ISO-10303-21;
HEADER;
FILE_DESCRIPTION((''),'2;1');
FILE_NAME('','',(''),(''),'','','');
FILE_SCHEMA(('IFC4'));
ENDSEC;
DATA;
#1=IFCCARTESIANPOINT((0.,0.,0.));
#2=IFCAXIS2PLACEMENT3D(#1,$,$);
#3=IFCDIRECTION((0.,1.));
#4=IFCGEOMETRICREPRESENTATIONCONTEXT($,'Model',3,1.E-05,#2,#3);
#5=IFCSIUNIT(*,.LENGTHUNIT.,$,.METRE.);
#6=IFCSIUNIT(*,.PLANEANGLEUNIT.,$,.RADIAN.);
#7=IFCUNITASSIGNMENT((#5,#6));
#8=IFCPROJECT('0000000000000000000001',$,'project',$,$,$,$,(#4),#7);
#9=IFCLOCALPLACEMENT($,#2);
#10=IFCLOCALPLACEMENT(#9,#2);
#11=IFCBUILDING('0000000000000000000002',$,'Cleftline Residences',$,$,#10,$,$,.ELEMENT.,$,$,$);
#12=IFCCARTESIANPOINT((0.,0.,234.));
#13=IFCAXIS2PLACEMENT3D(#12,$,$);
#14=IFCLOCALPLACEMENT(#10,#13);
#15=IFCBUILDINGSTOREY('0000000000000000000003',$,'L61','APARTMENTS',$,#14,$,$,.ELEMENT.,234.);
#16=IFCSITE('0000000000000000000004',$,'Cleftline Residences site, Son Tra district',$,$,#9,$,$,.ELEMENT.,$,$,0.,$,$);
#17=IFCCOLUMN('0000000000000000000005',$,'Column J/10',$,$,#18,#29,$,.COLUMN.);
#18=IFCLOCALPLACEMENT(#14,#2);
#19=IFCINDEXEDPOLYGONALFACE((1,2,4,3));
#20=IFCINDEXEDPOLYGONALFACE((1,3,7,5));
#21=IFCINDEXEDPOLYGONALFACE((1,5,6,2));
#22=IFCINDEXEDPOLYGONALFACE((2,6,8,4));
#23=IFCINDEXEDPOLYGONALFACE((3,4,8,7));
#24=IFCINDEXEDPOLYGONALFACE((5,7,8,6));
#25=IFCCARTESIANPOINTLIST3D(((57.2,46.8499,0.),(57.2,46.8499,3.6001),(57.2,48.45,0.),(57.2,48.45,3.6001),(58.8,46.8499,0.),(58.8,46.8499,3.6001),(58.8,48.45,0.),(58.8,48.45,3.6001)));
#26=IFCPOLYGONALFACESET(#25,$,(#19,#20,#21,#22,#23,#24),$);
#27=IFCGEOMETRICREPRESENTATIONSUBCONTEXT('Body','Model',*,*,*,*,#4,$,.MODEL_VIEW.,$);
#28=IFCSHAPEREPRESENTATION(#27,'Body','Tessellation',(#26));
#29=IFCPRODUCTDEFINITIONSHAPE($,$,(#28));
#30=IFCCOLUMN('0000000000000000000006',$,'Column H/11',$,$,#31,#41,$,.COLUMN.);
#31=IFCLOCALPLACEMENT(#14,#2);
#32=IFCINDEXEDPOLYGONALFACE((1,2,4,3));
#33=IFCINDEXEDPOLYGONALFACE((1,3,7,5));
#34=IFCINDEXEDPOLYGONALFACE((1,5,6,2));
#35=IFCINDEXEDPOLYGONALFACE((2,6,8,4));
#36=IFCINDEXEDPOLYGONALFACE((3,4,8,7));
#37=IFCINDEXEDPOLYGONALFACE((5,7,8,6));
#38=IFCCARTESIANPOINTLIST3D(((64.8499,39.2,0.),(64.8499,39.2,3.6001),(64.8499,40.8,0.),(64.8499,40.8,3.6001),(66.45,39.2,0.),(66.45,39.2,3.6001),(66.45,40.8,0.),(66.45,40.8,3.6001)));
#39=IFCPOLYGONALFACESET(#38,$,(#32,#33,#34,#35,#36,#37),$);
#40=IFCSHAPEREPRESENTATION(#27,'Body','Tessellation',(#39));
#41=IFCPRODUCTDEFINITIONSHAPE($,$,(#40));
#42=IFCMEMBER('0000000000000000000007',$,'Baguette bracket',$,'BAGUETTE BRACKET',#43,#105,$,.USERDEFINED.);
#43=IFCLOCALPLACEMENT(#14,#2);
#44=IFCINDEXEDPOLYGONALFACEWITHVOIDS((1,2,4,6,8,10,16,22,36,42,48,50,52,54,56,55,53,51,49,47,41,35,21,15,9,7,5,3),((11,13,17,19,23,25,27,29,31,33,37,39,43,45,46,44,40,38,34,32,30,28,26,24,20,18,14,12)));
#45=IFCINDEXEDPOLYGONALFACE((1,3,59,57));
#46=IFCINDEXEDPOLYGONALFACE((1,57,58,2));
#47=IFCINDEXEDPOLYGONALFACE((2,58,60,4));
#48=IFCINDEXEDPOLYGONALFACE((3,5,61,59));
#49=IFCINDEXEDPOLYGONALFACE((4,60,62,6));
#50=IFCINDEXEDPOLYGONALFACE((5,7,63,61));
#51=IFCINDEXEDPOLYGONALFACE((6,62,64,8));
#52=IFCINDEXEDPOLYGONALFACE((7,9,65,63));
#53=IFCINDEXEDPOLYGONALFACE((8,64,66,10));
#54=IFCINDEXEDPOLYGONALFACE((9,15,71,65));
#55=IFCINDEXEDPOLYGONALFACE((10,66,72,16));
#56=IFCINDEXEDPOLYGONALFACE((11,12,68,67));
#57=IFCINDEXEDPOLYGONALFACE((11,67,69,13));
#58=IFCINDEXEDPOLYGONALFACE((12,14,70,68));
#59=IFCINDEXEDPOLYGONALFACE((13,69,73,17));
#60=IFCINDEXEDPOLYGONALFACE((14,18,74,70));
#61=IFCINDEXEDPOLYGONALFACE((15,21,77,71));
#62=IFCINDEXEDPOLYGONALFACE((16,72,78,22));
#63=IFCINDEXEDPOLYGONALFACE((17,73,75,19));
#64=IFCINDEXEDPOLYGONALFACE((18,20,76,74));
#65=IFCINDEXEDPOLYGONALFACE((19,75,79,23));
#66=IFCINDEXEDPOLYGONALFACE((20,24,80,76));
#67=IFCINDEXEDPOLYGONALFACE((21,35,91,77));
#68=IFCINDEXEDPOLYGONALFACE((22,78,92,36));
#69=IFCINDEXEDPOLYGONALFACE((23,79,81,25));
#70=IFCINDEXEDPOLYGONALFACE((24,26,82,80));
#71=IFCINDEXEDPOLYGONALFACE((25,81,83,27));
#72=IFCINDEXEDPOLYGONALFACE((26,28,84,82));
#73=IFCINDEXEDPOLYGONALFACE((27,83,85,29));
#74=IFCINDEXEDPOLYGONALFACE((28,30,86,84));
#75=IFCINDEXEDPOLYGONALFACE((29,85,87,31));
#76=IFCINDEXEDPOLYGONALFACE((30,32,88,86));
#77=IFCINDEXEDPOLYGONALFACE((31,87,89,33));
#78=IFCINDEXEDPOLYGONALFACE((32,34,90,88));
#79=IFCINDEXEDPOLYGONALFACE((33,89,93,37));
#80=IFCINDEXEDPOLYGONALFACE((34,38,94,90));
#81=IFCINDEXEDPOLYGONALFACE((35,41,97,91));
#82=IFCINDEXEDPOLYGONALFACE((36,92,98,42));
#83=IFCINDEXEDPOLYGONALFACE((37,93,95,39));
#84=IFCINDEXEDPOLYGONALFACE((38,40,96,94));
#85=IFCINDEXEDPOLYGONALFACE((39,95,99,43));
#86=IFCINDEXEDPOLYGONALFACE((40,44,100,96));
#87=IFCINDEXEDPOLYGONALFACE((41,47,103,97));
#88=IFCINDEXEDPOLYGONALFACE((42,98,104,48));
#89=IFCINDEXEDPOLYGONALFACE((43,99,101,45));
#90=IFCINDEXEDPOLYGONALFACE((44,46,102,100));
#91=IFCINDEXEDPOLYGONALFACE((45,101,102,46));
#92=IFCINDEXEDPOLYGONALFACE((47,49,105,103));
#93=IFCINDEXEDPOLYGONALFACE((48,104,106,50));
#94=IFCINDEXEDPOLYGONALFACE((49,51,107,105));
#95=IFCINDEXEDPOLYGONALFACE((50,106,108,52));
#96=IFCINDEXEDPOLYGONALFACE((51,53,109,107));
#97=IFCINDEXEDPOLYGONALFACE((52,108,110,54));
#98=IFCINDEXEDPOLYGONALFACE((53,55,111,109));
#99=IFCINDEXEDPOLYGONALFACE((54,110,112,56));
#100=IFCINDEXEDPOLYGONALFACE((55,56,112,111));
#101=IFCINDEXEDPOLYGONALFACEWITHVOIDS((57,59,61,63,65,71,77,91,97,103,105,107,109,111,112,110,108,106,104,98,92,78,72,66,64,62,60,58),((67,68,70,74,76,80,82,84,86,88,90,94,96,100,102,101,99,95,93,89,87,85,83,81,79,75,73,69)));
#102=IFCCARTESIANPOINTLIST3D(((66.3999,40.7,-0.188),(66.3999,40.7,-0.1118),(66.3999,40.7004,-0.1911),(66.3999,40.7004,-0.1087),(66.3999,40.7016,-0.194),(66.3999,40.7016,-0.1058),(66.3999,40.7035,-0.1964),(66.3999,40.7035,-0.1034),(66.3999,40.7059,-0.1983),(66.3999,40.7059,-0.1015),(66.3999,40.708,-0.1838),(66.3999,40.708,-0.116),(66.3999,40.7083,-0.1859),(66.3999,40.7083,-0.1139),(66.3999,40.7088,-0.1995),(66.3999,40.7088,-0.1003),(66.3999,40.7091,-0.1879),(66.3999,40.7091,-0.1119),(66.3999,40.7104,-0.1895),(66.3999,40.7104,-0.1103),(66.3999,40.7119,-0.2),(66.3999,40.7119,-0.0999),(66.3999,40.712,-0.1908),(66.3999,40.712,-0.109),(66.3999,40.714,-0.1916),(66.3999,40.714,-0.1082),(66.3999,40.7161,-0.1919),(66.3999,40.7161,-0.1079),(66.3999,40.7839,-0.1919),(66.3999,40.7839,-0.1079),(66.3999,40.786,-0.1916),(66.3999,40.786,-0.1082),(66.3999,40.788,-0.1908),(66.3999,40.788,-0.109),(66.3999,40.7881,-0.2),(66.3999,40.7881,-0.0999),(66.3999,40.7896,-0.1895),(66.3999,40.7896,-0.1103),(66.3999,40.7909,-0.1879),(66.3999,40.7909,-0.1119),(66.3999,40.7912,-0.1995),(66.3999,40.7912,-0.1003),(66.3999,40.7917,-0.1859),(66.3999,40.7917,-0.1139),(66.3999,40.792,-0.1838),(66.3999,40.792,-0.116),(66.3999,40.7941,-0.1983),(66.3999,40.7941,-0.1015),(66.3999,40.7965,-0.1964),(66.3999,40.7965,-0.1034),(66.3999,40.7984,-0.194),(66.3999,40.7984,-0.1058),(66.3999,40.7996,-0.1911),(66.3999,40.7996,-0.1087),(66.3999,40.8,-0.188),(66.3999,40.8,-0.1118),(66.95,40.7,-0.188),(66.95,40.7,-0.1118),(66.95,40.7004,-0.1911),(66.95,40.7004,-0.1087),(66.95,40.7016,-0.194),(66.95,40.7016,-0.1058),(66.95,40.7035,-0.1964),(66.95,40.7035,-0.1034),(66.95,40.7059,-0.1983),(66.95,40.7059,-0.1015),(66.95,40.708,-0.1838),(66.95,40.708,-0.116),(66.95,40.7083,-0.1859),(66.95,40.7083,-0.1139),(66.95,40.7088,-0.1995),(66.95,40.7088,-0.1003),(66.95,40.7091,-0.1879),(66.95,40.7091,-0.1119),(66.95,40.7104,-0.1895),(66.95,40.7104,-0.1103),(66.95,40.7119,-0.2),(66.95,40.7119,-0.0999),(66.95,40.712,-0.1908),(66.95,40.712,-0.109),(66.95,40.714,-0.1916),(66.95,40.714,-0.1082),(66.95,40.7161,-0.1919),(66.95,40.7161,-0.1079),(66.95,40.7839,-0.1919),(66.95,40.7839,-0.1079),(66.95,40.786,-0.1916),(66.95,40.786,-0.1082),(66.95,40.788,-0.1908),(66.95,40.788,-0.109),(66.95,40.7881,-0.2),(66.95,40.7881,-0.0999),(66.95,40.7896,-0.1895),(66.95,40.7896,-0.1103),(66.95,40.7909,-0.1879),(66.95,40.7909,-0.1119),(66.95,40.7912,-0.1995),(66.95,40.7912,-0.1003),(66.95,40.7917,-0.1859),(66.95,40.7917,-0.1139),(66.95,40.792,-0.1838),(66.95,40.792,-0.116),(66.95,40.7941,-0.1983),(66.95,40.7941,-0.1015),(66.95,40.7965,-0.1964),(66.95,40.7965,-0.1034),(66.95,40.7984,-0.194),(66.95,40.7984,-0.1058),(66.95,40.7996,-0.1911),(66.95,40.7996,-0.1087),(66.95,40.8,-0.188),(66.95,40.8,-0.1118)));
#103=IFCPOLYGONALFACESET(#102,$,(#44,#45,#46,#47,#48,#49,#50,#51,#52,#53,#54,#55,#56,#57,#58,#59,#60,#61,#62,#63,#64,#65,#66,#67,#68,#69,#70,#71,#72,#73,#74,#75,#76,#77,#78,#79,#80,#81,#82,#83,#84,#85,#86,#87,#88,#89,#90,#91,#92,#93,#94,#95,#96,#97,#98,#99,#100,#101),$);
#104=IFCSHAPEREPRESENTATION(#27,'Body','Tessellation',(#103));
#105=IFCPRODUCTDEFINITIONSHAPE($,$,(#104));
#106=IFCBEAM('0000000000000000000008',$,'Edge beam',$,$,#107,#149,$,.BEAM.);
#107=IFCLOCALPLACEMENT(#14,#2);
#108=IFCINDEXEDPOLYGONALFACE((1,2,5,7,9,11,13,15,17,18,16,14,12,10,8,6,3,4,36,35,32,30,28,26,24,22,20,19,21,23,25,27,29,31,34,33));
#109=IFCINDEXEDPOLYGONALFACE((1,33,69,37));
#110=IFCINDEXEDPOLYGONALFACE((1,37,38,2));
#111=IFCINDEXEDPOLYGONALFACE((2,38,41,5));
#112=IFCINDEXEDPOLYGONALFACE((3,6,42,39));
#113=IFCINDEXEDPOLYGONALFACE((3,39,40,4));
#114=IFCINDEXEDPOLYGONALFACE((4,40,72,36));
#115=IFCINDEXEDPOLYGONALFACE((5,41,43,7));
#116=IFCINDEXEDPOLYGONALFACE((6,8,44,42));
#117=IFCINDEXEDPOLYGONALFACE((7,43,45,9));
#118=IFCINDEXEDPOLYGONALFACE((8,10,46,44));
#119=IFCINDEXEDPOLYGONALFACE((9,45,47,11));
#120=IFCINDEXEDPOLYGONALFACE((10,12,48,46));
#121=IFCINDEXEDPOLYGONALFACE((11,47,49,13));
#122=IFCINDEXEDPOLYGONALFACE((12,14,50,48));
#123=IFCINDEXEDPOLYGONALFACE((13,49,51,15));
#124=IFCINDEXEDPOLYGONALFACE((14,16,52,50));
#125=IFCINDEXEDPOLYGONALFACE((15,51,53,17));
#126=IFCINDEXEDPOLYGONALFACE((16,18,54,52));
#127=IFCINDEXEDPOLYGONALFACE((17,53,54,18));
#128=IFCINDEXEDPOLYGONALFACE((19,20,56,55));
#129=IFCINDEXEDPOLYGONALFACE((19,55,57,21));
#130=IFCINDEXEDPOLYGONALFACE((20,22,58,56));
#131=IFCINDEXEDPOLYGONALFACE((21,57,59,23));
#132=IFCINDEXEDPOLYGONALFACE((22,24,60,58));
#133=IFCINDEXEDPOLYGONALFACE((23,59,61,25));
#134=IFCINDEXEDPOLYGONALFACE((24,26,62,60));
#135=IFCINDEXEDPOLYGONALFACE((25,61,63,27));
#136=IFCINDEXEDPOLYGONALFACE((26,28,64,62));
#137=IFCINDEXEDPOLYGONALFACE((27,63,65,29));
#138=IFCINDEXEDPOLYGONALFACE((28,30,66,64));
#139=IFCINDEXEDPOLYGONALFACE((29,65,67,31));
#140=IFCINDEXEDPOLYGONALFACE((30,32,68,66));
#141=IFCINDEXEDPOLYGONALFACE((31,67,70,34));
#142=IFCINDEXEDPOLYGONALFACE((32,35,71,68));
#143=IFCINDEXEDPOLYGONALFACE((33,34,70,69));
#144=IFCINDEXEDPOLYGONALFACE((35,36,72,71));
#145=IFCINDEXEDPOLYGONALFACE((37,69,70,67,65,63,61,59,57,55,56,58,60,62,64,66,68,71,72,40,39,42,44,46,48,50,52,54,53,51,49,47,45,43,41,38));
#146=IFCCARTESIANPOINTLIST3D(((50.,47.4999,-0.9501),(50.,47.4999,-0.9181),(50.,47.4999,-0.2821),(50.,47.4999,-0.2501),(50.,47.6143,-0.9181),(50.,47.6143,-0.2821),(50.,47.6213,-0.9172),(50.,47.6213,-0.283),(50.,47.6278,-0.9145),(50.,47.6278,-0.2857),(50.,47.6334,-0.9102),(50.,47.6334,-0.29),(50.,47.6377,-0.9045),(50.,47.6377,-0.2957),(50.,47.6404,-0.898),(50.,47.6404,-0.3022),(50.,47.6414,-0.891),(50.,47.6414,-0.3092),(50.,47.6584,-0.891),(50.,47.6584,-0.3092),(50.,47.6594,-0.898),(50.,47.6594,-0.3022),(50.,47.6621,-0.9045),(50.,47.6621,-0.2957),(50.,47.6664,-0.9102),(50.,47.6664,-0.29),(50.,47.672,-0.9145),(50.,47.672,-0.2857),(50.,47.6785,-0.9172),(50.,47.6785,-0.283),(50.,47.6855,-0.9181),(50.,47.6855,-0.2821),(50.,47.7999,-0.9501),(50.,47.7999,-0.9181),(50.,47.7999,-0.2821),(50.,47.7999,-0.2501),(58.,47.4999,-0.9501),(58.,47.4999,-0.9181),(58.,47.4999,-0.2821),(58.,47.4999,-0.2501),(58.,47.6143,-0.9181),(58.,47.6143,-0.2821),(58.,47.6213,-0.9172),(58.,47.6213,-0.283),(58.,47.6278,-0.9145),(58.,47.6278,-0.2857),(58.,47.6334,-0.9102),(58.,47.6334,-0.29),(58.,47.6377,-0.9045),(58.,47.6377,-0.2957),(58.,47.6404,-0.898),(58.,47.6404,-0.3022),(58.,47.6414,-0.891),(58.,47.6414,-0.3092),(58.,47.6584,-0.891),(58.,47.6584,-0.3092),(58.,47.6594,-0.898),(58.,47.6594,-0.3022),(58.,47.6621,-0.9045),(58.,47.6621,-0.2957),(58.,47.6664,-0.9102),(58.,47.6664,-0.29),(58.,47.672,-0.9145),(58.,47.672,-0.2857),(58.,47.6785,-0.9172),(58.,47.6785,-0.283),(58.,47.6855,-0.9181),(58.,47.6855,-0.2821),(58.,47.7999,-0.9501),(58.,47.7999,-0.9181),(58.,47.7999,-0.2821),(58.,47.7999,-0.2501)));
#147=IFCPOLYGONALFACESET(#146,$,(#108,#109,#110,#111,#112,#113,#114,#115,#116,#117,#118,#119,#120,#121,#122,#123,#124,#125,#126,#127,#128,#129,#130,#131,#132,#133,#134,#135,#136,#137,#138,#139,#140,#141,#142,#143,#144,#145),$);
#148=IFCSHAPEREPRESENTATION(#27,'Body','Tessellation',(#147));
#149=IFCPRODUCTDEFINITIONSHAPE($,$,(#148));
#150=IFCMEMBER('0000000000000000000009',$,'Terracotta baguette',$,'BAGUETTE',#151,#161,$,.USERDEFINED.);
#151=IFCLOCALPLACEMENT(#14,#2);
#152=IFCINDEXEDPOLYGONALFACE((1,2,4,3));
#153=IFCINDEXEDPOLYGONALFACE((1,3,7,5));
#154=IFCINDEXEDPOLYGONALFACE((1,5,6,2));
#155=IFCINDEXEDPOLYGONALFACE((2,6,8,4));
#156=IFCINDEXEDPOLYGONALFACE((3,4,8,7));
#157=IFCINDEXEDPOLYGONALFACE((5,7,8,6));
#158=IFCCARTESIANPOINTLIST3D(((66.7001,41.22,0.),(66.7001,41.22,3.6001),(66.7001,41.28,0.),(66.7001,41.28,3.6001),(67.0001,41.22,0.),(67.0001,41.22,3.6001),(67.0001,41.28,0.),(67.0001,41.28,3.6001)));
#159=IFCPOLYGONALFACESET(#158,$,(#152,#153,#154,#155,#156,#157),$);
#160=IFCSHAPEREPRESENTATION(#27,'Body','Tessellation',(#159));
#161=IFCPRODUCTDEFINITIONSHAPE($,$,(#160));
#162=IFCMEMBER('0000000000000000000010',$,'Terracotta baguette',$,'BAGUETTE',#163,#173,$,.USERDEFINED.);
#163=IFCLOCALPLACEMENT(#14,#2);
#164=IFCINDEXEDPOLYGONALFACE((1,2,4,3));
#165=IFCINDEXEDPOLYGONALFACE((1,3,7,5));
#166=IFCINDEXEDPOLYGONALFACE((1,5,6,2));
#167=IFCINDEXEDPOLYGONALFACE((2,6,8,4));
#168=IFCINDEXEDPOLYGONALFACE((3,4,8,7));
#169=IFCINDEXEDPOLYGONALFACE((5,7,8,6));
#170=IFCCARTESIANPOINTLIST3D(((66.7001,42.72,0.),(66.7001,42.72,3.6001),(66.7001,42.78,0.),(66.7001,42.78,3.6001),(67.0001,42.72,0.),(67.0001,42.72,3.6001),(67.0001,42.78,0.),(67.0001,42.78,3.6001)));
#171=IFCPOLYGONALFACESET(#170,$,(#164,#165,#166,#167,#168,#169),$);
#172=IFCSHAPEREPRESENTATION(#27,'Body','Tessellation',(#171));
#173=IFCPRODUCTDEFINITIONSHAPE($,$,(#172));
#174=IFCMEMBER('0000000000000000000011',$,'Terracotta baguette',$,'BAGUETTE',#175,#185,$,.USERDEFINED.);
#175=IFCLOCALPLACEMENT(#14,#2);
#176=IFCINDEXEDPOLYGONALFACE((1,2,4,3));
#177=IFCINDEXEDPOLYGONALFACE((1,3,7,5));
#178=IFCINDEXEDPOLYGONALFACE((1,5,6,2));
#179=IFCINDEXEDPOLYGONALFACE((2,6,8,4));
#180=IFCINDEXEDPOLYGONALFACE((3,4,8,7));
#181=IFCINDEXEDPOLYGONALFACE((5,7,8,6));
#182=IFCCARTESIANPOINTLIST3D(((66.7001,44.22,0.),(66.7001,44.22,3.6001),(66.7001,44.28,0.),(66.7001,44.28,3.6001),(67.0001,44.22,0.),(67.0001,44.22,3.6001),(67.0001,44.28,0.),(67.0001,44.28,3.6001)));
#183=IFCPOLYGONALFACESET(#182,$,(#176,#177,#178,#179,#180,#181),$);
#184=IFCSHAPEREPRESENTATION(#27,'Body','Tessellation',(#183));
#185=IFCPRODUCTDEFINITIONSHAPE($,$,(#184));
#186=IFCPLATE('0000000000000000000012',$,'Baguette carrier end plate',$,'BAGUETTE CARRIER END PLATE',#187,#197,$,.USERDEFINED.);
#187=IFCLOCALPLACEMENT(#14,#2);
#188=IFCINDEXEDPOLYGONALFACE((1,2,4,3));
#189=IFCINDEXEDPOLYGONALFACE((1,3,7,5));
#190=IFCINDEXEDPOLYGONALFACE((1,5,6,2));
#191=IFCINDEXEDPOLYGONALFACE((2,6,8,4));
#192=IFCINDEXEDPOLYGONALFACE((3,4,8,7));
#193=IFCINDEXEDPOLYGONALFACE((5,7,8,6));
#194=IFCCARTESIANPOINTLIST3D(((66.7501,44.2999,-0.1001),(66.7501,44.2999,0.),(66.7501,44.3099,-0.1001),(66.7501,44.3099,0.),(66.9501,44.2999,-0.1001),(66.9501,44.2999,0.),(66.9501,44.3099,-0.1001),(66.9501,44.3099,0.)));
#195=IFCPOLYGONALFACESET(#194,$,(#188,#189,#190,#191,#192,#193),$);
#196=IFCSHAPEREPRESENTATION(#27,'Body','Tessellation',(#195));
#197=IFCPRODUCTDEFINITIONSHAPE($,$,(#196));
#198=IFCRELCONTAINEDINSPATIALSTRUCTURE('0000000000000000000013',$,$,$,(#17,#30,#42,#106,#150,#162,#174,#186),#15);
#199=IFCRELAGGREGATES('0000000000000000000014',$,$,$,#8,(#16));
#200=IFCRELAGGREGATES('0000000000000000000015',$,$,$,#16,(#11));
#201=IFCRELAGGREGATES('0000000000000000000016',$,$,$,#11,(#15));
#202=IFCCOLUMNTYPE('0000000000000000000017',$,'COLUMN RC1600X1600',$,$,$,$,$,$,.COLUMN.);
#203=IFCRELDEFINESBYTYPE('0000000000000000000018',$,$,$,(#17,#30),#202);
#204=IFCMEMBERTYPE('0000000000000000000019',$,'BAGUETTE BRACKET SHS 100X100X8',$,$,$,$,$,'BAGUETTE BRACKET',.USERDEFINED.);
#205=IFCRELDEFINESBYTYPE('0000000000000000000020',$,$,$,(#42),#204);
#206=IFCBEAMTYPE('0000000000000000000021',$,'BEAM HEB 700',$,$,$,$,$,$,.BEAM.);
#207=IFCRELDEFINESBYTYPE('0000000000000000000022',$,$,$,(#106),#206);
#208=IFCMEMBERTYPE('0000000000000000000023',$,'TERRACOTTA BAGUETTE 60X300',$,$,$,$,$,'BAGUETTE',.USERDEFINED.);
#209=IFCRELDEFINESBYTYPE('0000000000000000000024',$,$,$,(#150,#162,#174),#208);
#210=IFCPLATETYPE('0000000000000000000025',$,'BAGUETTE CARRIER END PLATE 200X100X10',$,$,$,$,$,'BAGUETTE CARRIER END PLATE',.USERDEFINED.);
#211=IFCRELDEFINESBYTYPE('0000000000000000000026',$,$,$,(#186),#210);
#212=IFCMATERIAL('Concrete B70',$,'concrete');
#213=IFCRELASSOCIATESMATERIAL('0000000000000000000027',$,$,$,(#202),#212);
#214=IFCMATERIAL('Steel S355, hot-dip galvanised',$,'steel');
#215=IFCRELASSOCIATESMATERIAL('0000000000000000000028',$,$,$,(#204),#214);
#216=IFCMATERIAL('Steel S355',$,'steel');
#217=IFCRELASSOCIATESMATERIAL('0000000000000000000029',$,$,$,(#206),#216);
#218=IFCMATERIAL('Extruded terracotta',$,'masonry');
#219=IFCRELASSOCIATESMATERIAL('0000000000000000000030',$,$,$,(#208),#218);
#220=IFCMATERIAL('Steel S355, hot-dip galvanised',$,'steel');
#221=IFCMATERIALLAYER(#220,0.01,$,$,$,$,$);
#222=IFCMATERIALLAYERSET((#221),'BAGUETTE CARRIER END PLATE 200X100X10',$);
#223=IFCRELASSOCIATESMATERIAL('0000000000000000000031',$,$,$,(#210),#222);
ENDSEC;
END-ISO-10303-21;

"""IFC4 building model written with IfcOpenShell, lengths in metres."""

from ifc_helpers import new_model, si_unit, direction, frame, origin, origin_2d, place, context, subcontext, project, spatial, rectangle, hollow_rectangle, i_section, extrude, material, layer, layer_set, material_profile, profile_set, type_object, element, save


model = new_model("IFC4")

# Units and contexts
model_context = context("Model", 3, precision=1e-05, world=origin(), true_north=direction((0.0, 1.0)))
body_context = subcontext(model_context, "Body", "Model", "MODEL_VIEW")
ifc_project = project(units=[si_unit("LENGTHUNIT", "METRE"), si_unit("PLANEANGLEUNIT", "RADIAN")], contexts=[model_context])

# Site, building, storey
site_placement = place(None, origin())
site = spatial("IfcSite", under=ifc_project, at=site_placement, Name="Cleftline Residences site, Son Tra district", CompositionType="ELEMENT", RefElevation=0.0)
building_placement = place(site_placement, origin())
building = spatial("IfcBuilding", under=site, at=building_placement, Name="Cleftline Residences", CompositionType="ELEMENT")
storey_placement = place(building_placement, frame((0.0, 0.0, 234.0)))
storey = spatial("IfcBuildingStorey", under=building, at=storey_placement, Name="L61", Description="APARTMENTS", CompositionType="ELEMENT", Elevation=234.0)

# Columns
ifc_material_1 = material(Name="Concrete B70", Category="concrete")
ifc_material_profile_1 = material_profile(ifc_material_1, rectangle(XDim=1.6001, YDim=1.6001, at=origin_2d()))
ifc_profile_set_1 = profile_set([ifc_material_profile_1], Name="Concrete B70")
column_type = type_object("IfcColumnType", Name="COLUMN RC1600X1600", PredefinedType="COLUMN", material=ifc_profile_set_1)
for number, where, z_axis, x_axis, name in (
    (1, (58.0, 47.6499, 0.0), (0.0, 0.0, 1.0), (1.0, 0.0, 0.0), "Column J/10"),
    (2, (65.6499, 40.0, 0.0), (0.0, 0.0, 1.0), (1.0, 0.0, 0.0), "Column H/11"),
):
    element("IfcColumn", number, at=place(storey_placement, frame(where, z_axis=z_axis, x_axis=x_axis)), inside=storey, type_object=column_type, Name=name, PredefinedType="COLUMN", context=body_context, shape_type="SweptSolid", body=[
        extrude(rectangle(XDim=1.6001, YDim=1.6001, at=origin_2d()), origin(), (0.0, 0.0, 1.0), 3.6001),
    ])

# Member
ifc_material_2 = material(Name="Steel S355, hot-dip galvanised", Category="steel")
ifc_material_profile_2 = material_profile(ifc_material_2, hollow_rectangle(XDim=0.1001, YDim=0.1001, WallThickness=0.0081, InnerFilletRadius=0.0081, OuterFilletRadius=0.012, at=origin_2d()))
ifc_profile_set_2 = profile_set([ifc_material_profile_2], Name="Steel S355, hot-dip galvanised")
member_type_1 = type_object("IfcMemberType", Name="BAGUETTE BRACKET SHS 100X100X8", ElementType="BAGUETTE BRACKET", PredefinedType="USERDEFINED", material=ifc_profile_set_2)
member_placement = place(storey_placement, frame((66.3999, 40.75, -0.1499), z_axis=(1.0, 0.0, 0.0), x_axis=(0.0, 1.0, 0.0)))
element("IfcMember", 3, at=member_placement, inside=storey, type_object=member_type_1, Name="Baguette bracket", ObjectType="BAGUETTE BRACKET", PredefinedType="USERDEFINED", context=body_context, shape_type="SweptSolid", body=[
    extrude(hollow_rectangle(XDim=0.1001, YDim=0.1001, WallThickness=0.0081, InnerFilletRadius=0.0081, OuterFilletRadius=0.012, at=origin_2d()), origin(), (0.0, 0.0, 1.0), 0.55),
])

# Beam
ifc_material_3 = material(Name="Steel S355", Category="steel")
ifc_material_profile_3 = material_profile(ifc_material_3, i_section(OverallWidth=0.3, OverallDepth=0.7, WebThickness=0.0171, FlangeThickness=0.032, FilletRadius=0.0271, at=origin_2d()))
ifc_profile_set_3 = profile_set([ifc_material_profile_3], Name="Steel S355")
beam_type = type_object("IfcBeamType", Name="BEAM HEB 700", PredefinedType="BEAM", material=ifc_profile_set_3)
beam_placement = place(storey_placement, frame((58.0, 47.6499, -0.6001), z_axis=(-1.0, 0.0, 0.0), x_axis=(0.0, -1.0, 0.0)))
element("IfcBeam", 4, at=beam_placement, inside=storey, type_object=beam_type, Name="Edge beam", PredefinedType="BEAM", context=body_context, shape_type="SweptSolid", body=[
    extrude(i_section(OverallWidth=0.3, OverallDepth=0.7, WebThickness=0.0171, FlangeThickness=0.032, FilletRadius=0.0271, at=origin_2d()), origin(), (0.0, 0.0, 1.0), 8.0),
])

# Members
ifc_material_4 = material(Name="Extruded terracotta", Category="masonry")
ifc_material_profile_4 = material_profile(ifc_material_4, rectangle(XDim=0.0601, YDim=0.3, at=origin_2d()))
ifc_profile_set_4 = profile_set([ifc_material_profile_4], Name="Extruded terracotta")
member_type_2 = type_object("IfcMemberType", Name="TERRACOTTA BAGUETTE 60X300", ElementType="BAGUETTE", PredefinedType="USERDEFINED", material=ifc_profile_set_4)
for number, where, z_axis, x_axis, name in (
    (5, (66.8501, 41.25, 0.0), (0.0, 0.0, 1.0), (0.0, 1.0, 0.0), "Terracotta baguette"),
    (6, (66.8501, 42.75, 0.0), (0.0, 0.0, 1.0), (0.0, 1.0, 0.0), "Terracotta baguette"),
    (7, (66.8501, 44.25, 0.0), (0.0, 0.0, 1.0), (0.0, 1.0, 0.0), "Terracotta baguette"),
):
    element("IfcMember", number, at=place(storey_placement, frame(where, z_axis=z_axis, x_axis=x_axis)), inside=storey, type_object=member_type_2, Name=name, ObjectType="BAGUETTE", PredefinedType="USERDEFINED", context=body_context, shape_type="SweptSolid", body=[
        extrude(rectangle(XDim=0.0601, YDim=0.3, at=origin_2d()), origin(), (0.0, 0.0, 1.0), 3.6001),
    ])

# Plate
ifc_material_5 = material(Name="Steel S355, hot-dip galvanised", Category="steel")
ifc_layer_1 = layer(ifc_material_5, 0.01)
ifc_layer_set_1 = layer_set([ifc_layer_1], Name="BAGUETTE CARRIER END PLATE 200X100X10")
plate_type = type_object("IfcPlateType", Name="BAGUETTE CARRIER END PLATE 200X100X10", ElementType="BAGUETTE CARRIER END PLATE", PredefinedType="USERDEFINED", material=ifc_layer_set_1)
plate_placement = place(storey_placement, frame((66.8501, 44.3049, -0.1001), z_axis=(0.0, 0.0, 1.0), x_axis=(1.0, 0.0, 0.0)))
element("IfcPlate", 8, at=plate_placement, inside=storey, type_object=plate_type, Name="Baguette carrier end plate", ObjectType="BAGUETTE CARRIER END PLATE", PredefinedType="USERDEFINED", context=body_context, shape_type="SweptSolid", body=[
    extrude(rectangle(XDim=0.2, YDim=0.01, at=origin_2d()), origin(), (0.0, 0.0, 1.0), 0.1001),
])

save(model, "model.ifc")
